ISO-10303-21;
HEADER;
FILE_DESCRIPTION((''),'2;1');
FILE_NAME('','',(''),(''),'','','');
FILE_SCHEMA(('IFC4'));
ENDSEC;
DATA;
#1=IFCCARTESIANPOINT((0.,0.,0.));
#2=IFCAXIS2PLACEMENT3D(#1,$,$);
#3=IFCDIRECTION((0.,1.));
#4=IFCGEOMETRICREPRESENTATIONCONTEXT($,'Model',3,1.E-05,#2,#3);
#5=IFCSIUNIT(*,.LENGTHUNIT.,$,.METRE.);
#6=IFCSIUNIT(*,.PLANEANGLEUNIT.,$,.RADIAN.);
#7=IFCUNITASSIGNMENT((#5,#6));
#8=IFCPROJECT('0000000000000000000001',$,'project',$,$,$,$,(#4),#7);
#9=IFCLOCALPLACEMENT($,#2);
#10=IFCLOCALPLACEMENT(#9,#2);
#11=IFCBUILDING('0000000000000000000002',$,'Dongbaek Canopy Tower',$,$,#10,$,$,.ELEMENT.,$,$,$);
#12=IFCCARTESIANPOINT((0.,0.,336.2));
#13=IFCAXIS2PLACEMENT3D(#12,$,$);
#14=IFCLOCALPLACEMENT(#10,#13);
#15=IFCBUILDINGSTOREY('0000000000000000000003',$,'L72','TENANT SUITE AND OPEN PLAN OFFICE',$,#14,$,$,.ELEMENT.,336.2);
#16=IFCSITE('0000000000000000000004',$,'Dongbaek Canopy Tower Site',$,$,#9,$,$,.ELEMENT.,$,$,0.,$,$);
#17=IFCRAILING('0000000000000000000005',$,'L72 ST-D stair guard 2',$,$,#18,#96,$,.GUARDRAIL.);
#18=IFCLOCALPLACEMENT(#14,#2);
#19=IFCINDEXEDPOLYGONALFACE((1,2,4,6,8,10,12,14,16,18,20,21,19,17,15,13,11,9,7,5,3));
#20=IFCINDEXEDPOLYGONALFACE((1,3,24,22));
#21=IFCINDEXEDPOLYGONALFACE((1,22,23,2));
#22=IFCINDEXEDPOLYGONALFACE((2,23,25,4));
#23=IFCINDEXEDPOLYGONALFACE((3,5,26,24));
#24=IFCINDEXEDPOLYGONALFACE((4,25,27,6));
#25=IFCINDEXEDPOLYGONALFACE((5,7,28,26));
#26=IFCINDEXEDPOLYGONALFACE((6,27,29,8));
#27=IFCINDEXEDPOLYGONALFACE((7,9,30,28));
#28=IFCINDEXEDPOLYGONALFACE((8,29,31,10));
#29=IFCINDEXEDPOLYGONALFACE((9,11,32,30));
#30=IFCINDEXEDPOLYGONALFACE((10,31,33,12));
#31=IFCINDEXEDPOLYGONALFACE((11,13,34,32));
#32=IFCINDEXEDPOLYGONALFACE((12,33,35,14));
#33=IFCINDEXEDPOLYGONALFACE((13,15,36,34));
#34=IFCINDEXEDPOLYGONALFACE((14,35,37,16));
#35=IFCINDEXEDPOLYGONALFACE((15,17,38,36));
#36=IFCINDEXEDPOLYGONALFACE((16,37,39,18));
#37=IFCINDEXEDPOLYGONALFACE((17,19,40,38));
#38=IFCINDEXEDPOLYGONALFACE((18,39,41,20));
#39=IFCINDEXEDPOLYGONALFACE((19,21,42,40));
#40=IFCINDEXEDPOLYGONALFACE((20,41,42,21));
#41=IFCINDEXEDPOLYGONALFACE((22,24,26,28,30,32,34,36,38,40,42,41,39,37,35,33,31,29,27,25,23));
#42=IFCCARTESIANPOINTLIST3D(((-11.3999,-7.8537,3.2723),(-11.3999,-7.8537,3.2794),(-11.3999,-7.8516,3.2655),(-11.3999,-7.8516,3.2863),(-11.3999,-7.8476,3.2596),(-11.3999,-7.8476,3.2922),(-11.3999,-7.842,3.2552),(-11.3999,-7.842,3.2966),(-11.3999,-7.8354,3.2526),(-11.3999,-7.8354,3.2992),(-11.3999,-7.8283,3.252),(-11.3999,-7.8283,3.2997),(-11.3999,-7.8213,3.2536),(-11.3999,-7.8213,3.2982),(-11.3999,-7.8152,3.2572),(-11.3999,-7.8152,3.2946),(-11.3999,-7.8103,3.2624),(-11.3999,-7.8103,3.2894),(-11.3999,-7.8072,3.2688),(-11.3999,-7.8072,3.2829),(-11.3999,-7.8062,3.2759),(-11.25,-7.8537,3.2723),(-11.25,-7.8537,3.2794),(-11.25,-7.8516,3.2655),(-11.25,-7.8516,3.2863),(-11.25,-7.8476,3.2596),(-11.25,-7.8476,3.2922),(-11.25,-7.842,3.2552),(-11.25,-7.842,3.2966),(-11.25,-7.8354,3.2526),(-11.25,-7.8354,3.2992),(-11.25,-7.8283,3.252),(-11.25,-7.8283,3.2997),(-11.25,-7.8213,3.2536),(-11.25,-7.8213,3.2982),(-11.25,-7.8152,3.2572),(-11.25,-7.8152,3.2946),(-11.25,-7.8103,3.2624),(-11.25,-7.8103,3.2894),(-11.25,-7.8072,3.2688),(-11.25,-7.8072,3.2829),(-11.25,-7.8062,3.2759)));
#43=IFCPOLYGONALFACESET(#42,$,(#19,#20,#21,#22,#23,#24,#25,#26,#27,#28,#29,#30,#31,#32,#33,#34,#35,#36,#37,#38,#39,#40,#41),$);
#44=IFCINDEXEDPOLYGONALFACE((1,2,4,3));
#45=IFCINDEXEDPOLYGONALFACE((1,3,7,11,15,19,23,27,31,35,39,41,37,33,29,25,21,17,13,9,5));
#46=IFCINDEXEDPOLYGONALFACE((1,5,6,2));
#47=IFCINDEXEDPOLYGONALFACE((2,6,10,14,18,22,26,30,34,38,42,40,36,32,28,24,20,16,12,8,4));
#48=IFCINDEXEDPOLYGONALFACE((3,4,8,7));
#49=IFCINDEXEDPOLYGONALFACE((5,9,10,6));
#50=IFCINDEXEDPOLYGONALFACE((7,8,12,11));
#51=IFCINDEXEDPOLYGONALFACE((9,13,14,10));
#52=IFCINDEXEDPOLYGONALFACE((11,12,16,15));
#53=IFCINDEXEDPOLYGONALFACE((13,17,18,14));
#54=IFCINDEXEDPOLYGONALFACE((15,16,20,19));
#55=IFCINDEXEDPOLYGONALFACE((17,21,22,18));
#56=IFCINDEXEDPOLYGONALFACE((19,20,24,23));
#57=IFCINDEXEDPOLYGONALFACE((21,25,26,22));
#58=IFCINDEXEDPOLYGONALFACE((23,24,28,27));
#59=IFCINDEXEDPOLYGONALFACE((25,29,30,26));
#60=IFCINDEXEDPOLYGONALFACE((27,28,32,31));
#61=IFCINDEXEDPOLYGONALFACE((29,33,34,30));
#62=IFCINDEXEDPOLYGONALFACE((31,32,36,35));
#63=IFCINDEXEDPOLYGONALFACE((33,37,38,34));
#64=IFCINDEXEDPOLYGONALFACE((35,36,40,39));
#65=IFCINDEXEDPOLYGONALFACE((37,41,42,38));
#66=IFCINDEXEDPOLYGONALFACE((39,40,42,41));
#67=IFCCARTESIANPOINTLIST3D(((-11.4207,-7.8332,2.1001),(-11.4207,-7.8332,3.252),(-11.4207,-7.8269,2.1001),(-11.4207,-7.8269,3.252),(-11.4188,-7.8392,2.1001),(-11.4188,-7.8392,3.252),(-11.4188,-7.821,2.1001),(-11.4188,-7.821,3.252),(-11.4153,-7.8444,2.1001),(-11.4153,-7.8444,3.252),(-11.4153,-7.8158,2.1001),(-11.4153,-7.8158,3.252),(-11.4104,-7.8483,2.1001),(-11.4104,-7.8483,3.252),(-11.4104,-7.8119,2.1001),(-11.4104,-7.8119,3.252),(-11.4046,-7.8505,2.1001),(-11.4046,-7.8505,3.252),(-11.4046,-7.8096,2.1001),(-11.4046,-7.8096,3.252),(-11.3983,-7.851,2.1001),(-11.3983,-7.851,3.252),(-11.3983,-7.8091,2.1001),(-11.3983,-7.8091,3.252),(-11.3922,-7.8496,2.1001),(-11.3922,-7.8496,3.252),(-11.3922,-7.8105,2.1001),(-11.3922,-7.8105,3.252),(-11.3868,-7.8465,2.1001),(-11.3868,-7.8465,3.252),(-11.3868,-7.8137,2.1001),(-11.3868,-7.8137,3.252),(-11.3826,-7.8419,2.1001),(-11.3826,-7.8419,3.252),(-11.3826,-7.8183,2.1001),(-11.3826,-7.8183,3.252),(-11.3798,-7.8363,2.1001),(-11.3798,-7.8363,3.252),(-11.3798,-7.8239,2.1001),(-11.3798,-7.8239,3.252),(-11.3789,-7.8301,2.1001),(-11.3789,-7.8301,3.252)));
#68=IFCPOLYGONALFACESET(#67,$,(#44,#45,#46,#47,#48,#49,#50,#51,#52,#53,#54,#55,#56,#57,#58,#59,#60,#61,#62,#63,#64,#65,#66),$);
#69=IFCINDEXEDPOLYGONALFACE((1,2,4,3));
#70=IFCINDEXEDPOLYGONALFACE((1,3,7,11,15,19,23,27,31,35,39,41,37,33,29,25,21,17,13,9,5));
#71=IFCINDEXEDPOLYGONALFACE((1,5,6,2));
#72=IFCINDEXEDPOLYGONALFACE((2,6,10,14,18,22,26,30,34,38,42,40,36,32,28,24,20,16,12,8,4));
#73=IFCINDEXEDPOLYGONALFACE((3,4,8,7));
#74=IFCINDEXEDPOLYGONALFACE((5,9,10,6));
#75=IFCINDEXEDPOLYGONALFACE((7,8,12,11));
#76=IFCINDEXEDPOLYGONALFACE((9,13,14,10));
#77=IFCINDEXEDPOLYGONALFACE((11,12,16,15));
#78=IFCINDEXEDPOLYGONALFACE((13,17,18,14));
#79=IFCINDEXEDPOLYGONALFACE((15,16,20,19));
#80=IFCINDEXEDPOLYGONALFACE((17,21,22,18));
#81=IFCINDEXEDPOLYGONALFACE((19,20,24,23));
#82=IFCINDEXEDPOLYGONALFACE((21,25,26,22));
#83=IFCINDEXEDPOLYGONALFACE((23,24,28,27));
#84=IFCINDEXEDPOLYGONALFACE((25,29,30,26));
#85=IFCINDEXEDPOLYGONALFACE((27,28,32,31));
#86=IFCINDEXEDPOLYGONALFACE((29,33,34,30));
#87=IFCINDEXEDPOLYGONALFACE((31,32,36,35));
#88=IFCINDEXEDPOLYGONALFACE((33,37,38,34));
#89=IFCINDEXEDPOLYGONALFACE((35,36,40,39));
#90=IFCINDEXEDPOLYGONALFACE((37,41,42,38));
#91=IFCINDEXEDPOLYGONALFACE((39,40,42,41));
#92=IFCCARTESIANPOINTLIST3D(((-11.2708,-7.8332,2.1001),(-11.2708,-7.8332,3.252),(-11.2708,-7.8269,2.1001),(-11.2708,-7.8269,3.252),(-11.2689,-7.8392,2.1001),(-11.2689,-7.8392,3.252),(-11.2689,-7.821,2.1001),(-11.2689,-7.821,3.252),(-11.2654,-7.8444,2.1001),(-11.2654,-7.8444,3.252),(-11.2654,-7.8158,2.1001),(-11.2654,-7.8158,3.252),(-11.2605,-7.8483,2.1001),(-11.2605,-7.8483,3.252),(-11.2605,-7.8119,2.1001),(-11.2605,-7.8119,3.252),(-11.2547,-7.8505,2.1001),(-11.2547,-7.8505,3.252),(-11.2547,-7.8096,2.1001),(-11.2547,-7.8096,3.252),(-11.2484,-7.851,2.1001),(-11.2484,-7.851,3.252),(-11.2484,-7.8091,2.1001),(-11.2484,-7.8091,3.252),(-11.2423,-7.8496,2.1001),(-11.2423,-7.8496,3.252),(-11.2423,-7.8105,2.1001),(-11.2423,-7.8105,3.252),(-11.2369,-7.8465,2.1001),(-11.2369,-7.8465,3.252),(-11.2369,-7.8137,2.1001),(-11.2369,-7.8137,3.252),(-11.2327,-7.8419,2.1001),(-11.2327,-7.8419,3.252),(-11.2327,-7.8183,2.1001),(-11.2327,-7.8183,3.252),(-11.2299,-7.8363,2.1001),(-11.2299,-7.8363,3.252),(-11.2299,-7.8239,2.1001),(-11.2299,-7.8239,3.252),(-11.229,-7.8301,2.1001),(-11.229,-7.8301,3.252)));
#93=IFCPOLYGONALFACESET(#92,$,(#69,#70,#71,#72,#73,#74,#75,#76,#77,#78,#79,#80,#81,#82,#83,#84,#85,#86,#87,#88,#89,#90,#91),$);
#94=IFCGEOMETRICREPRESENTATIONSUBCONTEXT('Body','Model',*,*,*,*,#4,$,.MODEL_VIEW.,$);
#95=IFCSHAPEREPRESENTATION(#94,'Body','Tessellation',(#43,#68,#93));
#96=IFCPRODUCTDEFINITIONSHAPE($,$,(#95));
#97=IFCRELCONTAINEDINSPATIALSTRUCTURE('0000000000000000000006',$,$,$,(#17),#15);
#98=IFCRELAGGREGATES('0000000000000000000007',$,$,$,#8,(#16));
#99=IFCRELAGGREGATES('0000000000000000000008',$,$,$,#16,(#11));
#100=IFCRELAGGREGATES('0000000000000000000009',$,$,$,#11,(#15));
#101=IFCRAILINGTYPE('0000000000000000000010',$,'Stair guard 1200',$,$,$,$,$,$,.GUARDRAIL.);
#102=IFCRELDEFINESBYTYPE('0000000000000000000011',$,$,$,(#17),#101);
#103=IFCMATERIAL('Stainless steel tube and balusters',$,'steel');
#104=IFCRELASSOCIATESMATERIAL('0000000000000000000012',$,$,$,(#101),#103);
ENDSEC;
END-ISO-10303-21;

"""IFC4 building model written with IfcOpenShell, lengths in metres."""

from ifc_helpers import new_model, si_unit, direction, frame, origin, origin_2d, place, context, subcontext, project, spatial, circle, extrude, material, type_object, element, save


model = new_model("IFC4")

# Units and contexts
model_context = context("Model", 3, precision=1e-05, world=origin(), true_north=direction((0.0, 1.0)))
body_context = subcontext(model_context, "Body", "Model", "MODEL_VIEW")
ifc_project = project(units=[si_unit("LENGTHUNIT", "METRE"), si_unit("PLANEANGLEUNIT", "RADIAN")], contexts=[model_context])

# Site, building, storey
site_placement = place(None, origin())
site = spatial("IfcSite", under=ifc_project, at=site_placement, Name="Dongbaek Canopy Tower Site", CompositionType="ELEMENT", RefElevation=0.0)
building_placement = place(site_placement, origin())
building = spatial("IfcBuilding", under=site, at=building_placement, Name="Dongbaek Canopy Tower", CompositionType="ELEMENT")
storey_placement = place(building_placement, frame((0.0, 0.0, 336.2)))
storey = spatial("IfcBuildingStorey", under=building, at=storey_placement, Name="L72", Description="TENANT SUITE AND OPEN PLAN OFFICE", CompositionType="ELEMENT", Elevation=336.2)

# Railing
ifc_material_1 = material(Name="Stainless steel tube and balusters", Category="steel")
railing_type_1 = type_object("IfcRailingType", Name="Stair guard 1200", PredefinedType="GUARDRAIL", material=ifc_material_1)
railing_1_placement = place(storey_placement, frame((-11.3999, -7.8301, 2.1001)))
element("IfcRailing", 1, at=railing_1_placement, inside=storey, type_object=railing_type_1, Name="L72 ST-D stair guard 2", PredefinedType="GUARDRAIL", context=body_context, shape_type="SweptSolid", body=[
    extrude(circle(Radius=0.0239, at=origin_2d()), frame((0.0, 0.0, 1.1758), z_axis=(1.0, 0.0, 0.0), x_axis=(0.0, 1.0, 0.0)), (0.0, 0.0, 1.0), 0.1499),
    extrude(circle(Radius=0.021, at=origin_2d()), origin(), (0.0, 0.0, 1.0), 1.1519),
    extrude(circle(Radius=0.021, at=origin_2d()), frame((0.1499, 0.0, 0.0)), (0.0, 0.0, 1.0), 1.1519),
])

save(model, "model.ifc")
